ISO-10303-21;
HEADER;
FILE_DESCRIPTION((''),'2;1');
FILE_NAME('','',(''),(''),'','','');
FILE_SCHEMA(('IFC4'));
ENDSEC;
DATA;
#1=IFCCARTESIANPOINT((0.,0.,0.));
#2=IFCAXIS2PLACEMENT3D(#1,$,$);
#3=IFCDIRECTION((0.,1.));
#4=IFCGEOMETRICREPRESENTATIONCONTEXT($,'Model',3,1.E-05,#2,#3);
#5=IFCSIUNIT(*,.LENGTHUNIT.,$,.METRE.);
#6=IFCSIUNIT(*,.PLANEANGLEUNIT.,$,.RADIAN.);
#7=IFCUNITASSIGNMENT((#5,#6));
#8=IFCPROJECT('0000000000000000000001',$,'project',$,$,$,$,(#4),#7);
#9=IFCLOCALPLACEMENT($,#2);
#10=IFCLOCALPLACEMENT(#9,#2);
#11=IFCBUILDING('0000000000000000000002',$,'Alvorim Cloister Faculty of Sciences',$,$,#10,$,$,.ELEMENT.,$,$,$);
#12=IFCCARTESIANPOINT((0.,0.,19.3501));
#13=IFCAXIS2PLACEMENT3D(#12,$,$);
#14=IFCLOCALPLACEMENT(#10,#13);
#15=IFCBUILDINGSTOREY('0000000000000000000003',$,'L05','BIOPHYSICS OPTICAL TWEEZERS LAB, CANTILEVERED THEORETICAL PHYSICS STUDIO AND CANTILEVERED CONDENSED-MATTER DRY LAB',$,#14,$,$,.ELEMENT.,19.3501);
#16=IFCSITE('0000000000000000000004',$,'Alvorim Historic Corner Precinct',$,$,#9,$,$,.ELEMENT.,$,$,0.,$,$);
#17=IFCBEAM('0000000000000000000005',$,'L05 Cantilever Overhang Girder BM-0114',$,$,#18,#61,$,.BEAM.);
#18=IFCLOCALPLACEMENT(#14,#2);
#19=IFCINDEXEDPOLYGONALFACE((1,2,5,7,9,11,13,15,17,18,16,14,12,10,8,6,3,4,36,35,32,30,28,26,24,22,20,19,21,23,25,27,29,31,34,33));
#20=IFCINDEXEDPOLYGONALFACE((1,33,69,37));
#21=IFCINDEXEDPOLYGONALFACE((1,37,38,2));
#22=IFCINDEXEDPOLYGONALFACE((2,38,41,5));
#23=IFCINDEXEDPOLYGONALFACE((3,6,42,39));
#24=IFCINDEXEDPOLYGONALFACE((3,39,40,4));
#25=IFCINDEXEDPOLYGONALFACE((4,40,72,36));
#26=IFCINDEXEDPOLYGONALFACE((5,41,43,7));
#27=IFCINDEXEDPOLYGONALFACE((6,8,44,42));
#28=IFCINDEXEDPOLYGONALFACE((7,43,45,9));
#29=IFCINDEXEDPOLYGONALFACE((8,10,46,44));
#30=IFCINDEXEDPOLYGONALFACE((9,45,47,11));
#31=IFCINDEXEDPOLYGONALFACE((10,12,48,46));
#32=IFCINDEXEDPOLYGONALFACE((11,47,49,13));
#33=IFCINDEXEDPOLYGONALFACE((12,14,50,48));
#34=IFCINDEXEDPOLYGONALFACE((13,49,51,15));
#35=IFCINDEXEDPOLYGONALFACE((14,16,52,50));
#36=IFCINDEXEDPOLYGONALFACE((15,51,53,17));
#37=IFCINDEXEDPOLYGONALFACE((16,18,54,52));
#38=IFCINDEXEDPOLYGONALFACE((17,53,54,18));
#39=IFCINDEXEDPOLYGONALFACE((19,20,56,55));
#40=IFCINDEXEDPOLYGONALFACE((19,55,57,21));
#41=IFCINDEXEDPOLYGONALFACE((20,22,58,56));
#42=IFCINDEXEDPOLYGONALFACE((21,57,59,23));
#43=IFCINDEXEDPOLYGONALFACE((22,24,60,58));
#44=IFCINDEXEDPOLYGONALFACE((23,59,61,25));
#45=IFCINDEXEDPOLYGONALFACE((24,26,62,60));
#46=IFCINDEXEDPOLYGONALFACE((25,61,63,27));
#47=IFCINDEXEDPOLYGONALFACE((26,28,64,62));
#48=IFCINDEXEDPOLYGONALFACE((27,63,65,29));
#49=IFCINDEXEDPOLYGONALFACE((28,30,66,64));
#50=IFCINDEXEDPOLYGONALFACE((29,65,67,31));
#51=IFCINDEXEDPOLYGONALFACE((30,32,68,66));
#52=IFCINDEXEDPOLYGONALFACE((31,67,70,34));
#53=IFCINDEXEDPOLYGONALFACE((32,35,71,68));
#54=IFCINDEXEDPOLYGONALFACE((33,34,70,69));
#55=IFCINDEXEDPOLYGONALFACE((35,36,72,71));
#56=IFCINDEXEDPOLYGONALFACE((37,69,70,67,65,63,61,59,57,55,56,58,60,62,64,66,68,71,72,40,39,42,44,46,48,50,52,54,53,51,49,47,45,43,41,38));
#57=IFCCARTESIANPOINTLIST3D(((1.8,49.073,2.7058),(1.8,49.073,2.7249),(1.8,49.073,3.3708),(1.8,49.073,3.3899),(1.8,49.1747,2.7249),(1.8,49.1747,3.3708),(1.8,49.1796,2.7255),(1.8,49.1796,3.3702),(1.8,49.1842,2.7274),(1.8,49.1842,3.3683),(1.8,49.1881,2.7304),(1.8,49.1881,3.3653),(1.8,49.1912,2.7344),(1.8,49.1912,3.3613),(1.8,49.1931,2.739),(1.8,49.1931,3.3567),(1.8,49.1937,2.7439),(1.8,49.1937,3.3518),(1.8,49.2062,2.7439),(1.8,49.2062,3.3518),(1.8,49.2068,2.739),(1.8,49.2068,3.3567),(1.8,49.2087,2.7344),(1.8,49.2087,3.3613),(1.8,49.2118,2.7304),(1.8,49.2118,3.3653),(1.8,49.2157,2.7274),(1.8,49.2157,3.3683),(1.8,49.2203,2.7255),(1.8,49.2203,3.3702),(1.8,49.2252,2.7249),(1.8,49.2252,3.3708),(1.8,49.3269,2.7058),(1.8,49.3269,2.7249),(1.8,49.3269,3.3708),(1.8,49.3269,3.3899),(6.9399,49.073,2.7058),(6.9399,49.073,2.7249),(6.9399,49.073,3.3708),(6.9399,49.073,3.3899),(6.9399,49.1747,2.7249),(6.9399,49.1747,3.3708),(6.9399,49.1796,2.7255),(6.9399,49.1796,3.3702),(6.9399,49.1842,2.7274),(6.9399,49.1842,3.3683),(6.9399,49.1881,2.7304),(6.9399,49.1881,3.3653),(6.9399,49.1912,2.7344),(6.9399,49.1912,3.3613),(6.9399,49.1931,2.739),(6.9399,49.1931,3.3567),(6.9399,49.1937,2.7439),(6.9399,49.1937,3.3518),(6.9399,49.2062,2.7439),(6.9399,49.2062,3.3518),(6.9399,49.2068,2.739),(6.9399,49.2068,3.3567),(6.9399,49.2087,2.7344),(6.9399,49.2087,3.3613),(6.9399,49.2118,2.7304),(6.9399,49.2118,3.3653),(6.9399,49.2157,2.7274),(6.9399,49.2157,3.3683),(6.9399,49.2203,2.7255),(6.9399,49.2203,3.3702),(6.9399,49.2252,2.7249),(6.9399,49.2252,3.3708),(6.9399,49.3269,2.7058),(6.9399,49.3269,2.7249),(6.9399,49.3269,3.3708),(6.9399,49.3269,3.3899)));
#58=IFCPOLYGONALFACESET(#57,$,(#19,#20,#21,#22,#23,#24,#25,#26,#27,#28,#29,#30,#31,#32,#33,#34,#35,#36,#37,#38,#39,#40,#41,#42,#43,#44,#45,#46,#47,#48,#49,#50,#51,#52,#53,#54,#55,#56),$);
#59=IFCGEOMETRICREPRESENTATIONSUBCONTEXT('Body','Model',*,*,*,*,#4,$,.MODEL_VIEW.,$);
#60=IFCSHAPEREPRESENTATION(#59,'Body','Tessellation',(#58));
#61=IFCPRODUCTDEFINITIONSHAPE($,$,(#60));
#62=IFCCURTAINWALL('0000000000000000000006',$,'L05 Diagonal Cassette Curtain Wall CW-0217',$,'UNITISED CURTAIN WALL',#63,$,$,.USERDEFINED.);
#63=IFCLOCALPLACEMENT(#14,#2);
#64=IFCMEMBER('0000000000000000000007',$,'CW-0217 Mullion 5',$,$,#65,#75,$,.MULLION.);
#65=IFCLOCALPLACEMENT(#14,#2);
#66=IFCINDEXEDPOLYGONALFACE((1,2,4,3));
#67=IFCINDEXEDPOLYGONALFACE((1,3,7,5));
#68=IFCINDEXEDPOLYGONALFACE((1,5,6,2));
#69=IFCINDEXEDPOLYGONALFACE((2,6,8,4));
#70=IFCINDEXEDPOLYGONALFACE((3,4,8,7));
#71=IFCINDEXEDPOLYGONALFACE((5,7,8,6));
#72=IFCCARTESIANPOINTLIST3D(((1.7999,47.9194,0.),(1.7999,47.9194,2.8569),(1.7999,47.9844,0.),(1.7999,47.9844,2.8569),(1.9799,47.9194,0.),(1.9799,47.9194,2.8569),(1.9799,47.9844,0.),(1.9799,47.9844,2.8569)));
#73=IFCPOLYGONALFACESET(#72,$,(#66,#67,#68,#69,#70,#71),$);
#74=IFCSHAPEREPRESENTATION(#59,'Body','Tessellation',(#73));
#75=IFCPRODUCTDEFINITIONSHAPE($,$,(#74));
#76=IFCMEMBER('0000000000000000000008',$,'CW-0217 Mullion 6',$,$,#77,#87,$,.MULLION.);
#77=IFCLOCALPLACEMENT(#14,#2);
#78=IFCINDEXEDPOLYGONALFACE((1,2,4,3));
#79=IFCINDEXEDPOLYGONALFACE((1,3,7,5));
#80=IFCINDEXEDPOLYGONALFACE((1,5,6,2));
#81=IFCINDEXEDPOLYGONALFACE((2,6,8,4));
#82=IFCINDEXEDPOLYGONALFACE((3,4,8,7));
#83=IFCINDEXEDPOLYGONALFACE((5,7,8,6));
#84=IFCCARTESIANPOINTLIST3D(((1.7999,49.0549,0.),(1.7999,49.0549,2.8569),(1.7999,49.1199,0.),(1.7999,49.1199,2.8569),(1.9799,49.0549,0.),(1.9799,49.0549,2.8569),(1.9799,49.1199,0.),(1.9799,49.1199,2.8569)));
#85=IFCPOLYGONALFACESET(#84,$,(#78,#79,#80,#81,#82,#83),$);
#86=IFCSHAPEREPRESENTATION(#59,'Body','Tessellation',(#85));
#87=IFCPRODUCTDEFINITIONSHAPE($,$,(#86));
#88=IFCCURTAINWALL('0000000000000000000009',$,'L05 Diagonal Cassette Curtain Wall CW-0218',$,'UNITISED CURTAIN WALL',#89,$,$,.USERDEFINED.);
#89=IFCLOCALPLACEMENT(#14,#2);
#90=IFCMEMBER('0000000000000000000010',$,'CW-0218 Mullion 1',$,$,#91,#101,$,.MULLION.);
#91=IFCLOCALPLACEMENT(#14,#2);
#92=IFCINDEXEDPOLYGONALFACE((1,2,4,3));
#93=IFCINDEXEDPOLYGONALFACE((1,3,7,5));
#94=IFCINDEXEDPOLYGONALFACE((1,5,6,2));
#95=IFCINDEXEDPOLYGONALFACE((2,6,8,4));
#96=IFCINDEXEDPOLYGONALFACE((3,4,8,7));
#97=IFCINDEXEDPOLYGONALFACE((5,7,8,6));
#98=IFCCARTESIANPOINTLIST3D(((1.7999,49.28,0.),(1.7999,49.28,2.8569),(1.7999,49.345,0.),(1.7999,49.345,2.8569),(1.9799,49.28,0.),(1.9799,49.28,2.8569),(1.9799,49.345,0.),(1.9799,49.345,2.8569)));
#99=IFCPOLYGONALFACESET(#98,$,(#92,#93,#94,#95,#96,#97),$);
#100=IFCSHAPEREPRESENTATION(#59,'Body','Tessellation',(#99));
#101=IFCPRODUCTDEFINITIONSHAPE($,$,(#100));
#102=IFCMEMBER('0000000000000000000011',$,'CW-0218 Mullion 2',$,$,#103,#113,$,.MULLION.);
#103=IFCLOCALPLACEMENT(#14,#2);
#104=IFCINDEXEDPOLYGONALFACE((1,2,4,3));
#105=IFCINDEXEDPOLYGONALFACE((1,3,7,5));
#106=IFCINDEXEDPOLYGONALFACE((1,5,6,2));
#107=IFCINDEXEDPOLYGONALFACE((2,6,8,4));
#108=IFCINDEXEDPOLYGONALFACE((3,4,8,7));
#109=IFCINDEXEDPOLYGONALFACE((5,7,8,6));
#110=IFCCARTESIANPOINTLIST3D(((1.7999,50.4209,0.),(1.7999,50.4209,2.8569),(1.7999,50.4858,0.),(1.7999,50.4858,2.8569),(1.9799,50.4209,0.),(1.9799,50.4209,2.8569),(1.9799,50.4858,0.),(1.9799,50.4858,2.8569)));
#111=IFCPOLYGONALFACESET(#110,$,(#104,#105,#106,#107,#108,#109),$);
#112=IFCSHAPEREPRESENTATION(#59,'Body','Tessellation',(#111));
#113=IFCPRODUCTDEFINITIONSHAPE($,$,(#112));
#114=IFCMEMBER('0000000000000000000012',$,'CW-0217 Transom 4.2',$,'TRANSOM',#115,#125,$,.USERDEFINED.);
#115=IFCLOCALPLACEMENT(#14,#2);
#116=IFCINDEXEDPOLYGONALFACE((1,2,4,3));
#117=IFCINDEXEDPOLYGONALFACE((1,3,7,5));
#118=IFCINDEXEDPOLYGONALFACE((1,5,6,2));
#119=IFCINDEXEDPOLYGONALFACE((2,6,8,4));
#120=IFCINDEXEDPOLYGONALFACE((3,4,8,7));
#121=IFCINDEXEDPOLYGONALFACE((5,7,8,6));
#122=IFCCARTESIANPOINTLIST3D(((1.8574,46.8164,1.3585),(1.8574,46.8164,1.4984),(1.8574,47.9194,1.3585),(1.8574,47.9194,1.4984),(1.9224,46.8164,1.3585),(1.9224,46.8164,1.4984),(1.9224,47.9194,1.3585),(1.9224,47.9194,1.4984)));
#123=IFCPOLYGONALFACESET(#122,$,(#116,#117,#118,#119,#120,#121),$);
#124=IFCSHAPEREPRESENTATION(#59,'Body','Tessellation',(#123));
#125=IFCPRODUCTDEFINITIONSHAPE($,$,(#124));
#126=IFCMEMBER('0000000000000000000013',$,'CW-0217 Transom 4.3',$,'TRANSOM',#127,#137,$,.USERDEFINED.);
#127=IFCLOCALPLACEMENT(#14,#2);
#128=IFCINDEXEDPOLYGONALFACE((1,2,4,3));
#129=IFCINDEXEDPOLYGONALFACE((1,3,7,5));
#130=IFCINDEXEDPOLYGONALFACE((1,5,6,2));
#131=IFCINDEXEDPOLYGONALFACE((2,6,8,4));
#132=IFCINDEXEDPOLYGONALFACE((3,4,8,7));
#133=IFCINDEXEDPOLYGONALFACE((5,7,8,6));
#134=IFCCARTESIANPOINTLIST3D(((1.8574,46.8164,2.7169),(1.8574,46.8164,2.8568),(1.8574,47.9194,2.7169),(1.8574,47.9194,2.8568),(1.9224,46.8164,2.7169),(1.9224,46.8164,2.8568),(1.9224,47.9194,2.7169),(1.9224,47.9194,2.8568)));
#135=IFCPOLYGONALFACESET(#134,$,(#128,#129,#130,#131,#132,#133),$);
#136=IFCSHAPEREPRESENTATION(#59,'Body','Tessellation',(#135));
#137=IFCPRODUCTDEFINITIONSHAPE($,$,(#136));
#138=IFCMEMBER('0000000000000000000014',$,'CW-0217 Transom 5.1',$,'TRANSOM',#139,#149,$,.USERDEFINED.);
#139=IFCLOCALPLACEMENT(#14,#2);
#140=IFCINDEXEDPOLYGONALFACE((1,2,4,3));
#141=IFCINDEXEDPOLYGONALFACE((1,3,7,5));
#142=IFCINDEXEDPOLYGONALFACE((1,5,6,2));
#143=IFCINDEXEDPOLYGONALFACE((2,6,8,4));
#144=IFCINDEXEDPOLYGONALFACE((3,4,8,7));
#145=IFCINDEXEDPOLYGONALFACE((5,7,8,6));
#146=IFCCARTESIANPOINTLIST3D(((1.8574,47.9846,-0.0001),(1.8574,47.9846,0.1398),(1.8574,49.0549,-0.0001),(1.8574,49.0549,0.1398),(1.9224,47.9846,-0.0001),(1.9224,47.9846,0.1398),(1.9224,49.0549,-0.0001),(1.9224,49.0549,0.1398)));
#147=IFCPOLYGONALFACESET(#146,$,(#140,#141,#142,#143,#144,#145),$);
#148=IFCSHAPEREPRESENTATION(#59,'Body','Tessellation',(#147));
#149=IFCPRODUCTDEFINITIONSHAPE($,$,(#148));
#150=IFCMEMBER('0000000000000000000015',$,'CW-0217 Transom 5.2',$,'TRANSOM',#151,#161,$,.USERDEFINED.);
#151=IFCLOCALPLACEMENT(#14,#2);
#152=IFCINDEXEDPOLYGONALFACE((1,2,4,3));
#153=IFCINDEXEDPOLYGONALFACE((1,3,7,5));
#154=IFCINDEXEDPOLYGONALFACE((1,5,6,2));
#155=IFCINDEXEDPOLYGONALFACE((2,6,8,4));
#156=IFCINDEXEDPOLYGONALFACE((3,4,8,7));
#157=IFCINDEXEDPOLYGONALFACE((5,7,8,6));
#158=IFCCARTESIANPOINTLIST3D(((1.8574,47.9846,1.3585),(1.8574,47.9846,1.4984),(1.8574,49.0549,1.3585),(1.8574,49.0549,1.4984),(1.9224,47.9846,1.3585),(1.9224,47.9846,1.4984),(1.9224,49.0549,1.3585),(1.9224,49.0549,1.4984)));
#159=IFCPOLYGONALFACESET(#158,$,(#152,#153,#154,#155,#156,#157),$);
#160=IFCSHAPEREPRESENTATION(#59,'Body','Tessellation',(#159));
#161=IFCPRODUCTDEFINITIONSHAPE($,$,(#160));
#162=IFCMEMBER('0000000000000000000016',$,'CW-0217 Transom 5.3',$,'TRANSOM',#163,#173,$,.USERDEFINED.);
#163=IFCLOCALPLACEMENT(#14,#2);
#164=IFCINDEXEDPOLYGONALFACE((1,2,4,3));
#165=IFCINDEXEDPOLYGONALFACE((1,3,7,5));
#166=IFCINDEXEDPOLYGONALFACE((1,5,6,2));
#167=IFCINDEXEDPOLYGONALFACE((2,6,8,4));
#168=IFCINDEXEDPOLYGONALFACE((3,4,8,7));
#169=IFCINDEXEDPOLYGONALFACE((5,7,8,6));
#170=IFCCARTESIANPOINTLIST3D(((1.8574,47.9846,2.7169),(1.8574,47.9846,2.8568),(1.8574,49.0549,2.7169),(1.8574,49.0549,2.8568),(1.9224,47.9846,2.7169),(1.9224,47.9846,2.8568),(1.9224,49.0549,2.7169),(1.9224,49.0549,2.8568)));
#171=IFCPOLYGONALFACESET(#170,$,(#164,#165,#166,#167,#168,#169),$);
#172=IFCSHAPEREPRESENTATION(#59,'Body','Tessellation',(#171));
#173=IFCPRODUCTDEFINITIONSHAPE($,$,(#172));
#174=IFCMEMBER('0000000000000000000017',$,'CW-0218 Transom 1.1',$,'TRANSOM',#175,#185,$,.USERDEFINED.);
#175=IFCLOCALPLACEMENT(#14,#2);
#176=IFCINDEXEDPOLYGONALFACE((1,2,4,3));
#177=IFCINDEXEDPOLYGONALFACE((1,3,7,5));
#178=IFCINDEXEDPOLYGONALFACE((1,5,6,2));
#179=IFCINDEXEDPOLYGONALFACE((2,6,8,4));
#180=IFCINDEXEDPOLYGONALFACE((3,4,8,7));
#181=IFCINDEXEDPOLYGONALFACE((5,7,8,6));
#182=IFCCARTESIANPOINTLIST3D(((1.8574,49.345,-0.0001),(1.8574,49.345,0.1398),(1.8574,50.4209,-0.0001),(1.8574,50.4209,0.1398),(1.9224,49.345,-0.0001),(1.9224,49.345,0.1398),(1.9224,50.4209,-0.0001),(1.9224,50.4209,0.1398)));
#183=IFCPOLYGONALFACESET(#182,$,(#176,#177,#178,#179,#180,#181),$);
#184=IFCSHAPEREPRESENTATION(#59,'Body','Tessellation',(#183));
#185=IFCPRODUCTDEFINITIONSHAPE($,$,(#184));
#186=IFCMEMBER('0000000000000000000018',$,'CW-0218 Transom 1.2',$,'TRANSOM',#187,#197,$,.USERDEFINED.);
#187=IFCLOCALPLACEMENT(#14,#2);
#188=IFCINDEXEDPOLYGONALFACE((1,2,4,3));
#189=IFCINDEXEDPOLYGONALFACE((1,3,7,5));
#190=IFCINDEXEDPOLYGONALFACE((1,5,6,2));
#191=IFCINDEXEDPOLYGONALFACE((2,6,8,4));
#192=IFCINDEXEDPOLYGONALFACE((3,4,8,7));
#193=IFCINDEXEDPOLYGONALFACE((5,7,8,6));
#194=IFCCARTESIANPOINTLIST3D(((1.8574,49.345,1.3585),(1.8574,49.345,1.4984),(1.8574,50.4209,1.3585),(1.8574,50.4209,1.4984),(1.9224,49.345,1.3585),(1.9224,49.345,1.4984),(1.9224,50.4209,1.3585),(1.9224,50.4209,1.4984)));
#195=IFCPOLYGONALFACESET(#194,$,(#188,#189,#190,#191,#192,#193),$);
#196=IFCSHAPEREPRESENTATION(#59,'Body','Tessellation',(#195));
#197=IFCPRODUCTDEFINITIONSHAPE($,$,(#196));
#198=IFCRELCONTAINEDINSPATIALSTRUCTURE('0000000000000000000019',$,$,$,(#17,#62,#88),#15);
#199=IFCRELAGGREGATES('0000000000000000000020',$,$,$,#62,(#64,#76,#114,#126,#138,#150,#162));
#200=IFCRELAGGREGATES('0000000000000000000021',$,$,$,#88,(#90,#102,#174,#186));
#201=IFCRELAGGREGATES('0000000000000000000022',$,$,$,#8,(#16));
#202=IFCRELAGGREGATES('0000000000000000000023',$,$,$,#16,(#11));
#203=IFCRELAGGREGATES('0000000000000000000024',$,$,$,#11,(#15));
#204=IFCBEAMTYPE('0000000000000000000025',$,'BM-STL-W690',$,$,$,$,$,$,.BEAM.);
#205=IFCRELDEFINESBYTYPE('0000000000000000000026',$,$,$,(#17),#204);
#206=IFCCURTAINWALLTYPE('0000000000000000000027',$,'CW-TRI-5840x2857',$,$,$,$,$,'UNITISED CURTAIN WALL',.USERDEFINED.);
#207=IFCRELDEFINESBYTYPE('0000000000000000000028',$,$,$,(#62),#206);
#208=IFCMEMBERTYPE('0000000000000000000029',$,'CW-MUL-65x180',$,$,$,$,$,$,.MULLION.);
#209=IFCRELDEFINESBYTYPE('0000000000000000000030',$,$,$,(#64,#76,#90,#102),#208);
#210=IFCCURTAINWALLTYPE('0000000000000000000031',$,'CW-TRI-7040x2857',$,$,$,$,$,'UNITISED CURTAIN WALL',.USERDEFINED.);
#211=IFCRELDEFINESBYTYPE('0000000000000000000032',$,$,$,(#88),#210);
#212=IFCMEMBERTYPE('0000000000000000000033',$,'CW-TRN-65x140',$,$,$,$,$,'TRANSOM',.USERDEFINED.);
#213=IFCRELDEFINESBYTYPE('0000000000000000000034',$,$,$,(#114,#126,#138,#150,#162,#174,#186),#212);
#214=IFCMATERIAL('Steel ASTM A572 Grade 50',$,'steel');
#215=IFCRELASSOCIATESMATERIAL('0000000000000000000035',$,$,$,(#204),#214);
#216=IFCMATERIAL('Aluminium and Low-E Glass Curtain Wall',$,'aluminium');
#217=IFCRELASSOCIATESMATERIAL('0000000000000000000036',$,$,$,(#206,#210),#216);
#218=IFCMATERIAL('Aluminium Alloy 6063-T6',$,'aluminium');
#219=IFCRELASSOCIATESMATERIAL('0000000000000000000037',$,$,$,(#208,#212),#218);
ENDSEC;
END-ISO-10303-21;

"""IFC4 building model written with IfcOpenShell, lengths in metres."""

from ifc_helpers import new_model, si_unit, direction, frame, origin, origin_2d, place, context, subcontext, project, spatial, rectangle, i_section, extrude, material, material_profile, profile_set, type_object, element, aggregate, save


model = new_model("IFC4")

# Units and contexts
model_context = context("Model", 3, precision=1e-05, world=origin(), true_north=direction((0.0, 1.0)))
body_context = subcontext(model_context, "Body", "Model", "MODEL_VIEW")
ifc_project = project(units=[si_unit("LENGTHUNIT", "METRE"), si_unit("PLANEANGLEUNIT", "RADIAN")], contexts=[model_context])

# Site, building, storey
site_placement = place(None, origin())
site = spatial("IfcSite", under=ifc_project, at=site_placement, Name="Alvorim Historic Corner Precinct", CompositionType="ELEMENT", RefElevation=0.0)
building_placement = place(site_placement, origin())
building = spatial("IfcBuilding", under=site, at=building_placement, Name="Alvorim Cloister Faculty of Sciences", CompositionType="ELEMENT")
storey_placement = place(building_placement, frame((0.0, 0.0, 19.3501)))
storey = spatial("IfcBuildingStorey", under=building, at=storey_placement, Name="L05", Description="BIOPHYSICS OPTICAL TWEEZERS LAB, CANTILEVERED THEORETICAL PHYSICS STUDIO AND CANTILEVERED CONDENSED-MATTER DRY LAB", CompositionType="ELEMENT", Elevation=19.3501)

# Beam
ifc_material_1 = material(Name="Steel ASTM A572 Grade 50", Category="steel")
ifc_material_profile_1 = material_profile(ifc_material_1, i_section(OverallWidth=0.2539, OverallDepth=0.6841, WebThickness=0.0125, FlangeThickness=0.019, FilletRadius=0.019, at=origin_2d()), Name="W690x140.0")
ifc_profile_set_1 = profile_set([ifc_material_profile_1], Name="Steel ASTM A572 Grade 50")
beam_type = type_object("IfcBeamType", Name="BM-STL-W690", PredefinedType="BEAM", material=ifc_profile_set_1)
beam_placement = place(storey_placement, frame((1.8, 49.2, 3.0479), z_axis=(1.0, 0.0, 0.0), x_axis=(0.0, 1.0, 0.0)))
element("IfcBeam", 1, at=beam_placement, inside=storey, type_object=beam_type, Name="L05 Cantilever Overhang Girder BM-0114", PredefinedType="BEAM", context=body_context, shape_type="SweptSolid", body=[
    extrude(i_section(OverallWidth=0.2539, OverallDepth=0.6841, WebThickness=0.0125, FlangeThickness=0.019, FilletRadius=0.019, at=origin_2d()), origin(), (0.0, 0.0, 1.0), 5.1399),
])

# Curtain walls, members
ifc_material_2 = material(Name="Aluminium and Low-E Glass Curtain Wall", Category="aluminium")
curtain_wall_type_1 = type_object("IfcCurtainWallType", Name="CW-TRI-5840x2857", ElementType="UNITISED CURTAIN WALL", PredefinedType="USERDEFINED", material=ifc_material_2)
curtain_wall_1_placement = place(storey_placement, origin())
curtain_wall_1 = element("IfcCurtainWall", 2, at=curtain_wall_1_placement, inside=storey, type_object=curtain_wall_type_1, Name="L05 Diagonal Cassette Curtain Wall CW-0217", ObjectType="UNITISED CURTAIN WALL", PredefinedType="USERDEFINED")
ifc_material_3 = material(Name="Aluminium Alloy 6063-T6", Category="aluminium")
ifc_material_profile_2 = material_profile(ifc_material_3, rectangle(XDim=0.0649, YDim=0.1799, at=origin_2d()), Name="ALU-MUL-65x180")
ifc_profile_set_2 = profile_set([ifc_material_profile_2], Name="Aluminium Alloy 6063-T6")
member_type_1 = type_object("IfcMemberType", Name="CW-MUL-65x180", PredefinedType="MULLION", material=ifc_profile_set_2)
member_1_placement = place(storey_placement, frame((1.8899, 47.9519, 0.0), z_axis=(0.0, 0.0, 1.0), x_axis=(0.0, 1.0, 0.0)))
member_1 = element("IfcMember", 3, at=member_1_placement, type_object=member_type_1, Name="CW-0217 Mullion 5", PredefinedType="MULLION", context=body_context, shape_type="SweptSolid", body=[
    extrude(rectangle(XDim=0.0649, YDim=0.1799, at=origin_2d()), origin(), (0.0, 0.0, 1.0), 2.8569),
])
member_2_placement = place(storey_placement, frame((1.8899, 49.0874, 0.0), z_axis=(0.0, 0.0, 1.0), x_axis=(0.0, 1.0, 0.0)))
member_2 = element("IfcMember", 4, at=member_2_placement, type_object=member_type_1, Name="CW-0217 Mullion 6", PredefinedType="MULLION", context=body_context, shape_type="SweptSolid", body=[
    extrude(rectangle(XDim=0.0649, YDim=0.1799, at=origin_2d()), origin(), (0.0, 0.0, 1.0), 2.8569),
])
curtain_wall_type_2 = type_object("IfcCurtainWallType", Name="CW-TRI-7040x2857", ElementType="UNITISED CURTAIN WALL", PredefinedType="USERDEFINED", material=ifc_material_2)
curtain_wall_2_placement = place(storey_placement, origin())
curtain_wall_2 = element("IfcCurtainWall", 5, at=curtain_wall_2_placement, inside=storey, type_object=curtain_wall_type_2, Name="L05 Diagonal Cassette Curtain Wall CW-0218", ObjectType="UNITISED CURTAIN WALL", PredefinedType="USERDEFINED")
member_3_placement = place(storey_placement, frame((1.8899, 49.3125, 0.0), z_axis=(0.0, 0.0, 1.0), x_axis=(0.0, 1.0, 0.0)))
member_3 = element("IfcMember", 6, at=member_3_placement, type_object=member_type_1, Name="CW-0218 Mullion 1", PredefinedType="MULLION", context=body_context, shape_type="SweptSolid", body=[
    extrude(rectangle(XDim=0.0649, YDim=0.1799, at=origin_2d()), origin(), (0.0, 0.0, 1.0), 2.8569),
])
member_4_placement = place(storey_placement, frame((1.8899, 50.4534, 0.0), z_axis=(0.0, 0.0, 1.0), x_axis=(0.0, 1.0, 0.0)))
member_4 = element("IfcMember", 7, at=member_4_placement, type_object=member_type_1, Name="CW-0218 Mullion 2", PredefinedType="MULLION", context=body_context, shape_type="SweptSolid", body=[
    extrude(rectangle(XDim=0.0649, YDim=0.1799, at=origin_2d()), origin(), (0.0, 0.0, 1.0), 2.8569),
])

# Members
ifc_material_profile_3 = material_profile(ifc_material_3, rectangle(XDim=0.0649, YDim=0.1399, at=origin_2d()), Name="ALU-TRN-65x140")
ifc_profile_set_3 = profile_set([ifc_material_profile_3], Name="Aluminium Alloy 6063-T6")
member_type_2 = type_object("IfcMemberType", Name="CW-TRN-65x140", ElementType="TRANSOM", PredefinedType="USERDEFINED", material=ifc_profile_set_3)
member_5_placement = place(storey_placement, frame((1.8899, 46.8164, 1.4285), z_axis=(0.0, 1.0, 0.0), x_axis=(-1.0, 0.0, 0.0)))
member_5 = element("IfcMember", 8, at=member_5_placement, type_object=member_type_2, Name="CW-0217 Transom 4.2", ObjectType="TRANSOM", PredefinedType="USERDEFINED", context=body_context, shape_type="SweptSolid", body=[
    extrude(rectangle(XDim=0.0649, YDim=0.1399, at=origin_2d()), origin(), (0.0, 0.0, 1.0), 1.103),
])
member_6_placement = place(storey_placement, frame((1.8899, 46.8164, 2.7869), z_axis=(0.0, 1.0, 0.0), x_axis=(-1.0, 0.0, 0.0)))
member_6 = element("IfcMember", 9, at=member_6_placement, type_object=member_type_2, Name="CW-0217 Transom 4.3", ObjectType="TRANSOM", PredefinedType="USERDEFINED", context=body_context, shape_type="SweptSolid", body=[
    extrude(rectangle(XDim=0.0649, YDim=0.1399, at=origin_2d()), origin(), (0.0, 0.0, 1.0), 1.103),
])
member_7_placement = place(storey_placement, frame((1.8899, 47.9846, 0.0698), z_axis=(0.0, 1.0, 0.0), x_axis=(-1.0, 0.0, 0.0)))
member_7 = element("IfcMember", 10, at=member_7_placement, type_object=member_type_2, Name="CW-0217 Transom 5.1", ObjectType="TRANSOM", PredefinedType="USERDEFINED", context=body_context, shape_type="SweptSolid", body=[
    extrude(rectangle(XDim=0.0649, YDim=0.1399, at=origin_2d()), origin(), (0.0, 0.0, 1.0), 1.0703),
])
member_8_placement = place(storey_placement, frame((1.8899, 47.9846, 1.4285), z_axis=(0.0, 1.0, 0.0), x_axis=(-1.0, 0.0, 0.0)))
member_8 = element("IfcMember", 11, at=member_8_placement, type_object=member_type_2, Name="CW-0217 Transom 5.2", ObjectType="TRANSOM", PredefinedType="USERDEFINED", context=body_context, shape_type="SweptSolid", body=[
    extrude(rectangle(XDim=0.0649, YDim=0.1399, at=origin_2d()), origin(), (0.0, 0.0, 1.0), 1.0703),
])
member_9_placement = place(storey_placement, frame((1.8899, 47.9846, 2.7869), z_axis=(0.0, 1.0, 0.0), x_axis=(-1.0, 0.0, 0.0)))
member_9 = element("IfcMember", 12, at=member_9_placement, type_object=member_type_2, Name="CW-0217 Transom 5.3", ObjectType="TRANSOM", PredefinedType="USERDEFINED", context=body_context, shape_type="SweptSolid", body=[
    extrude(rectangle(XDim=0.0649, YDim=0.1399, at=origin_2d()), origin(), (0.0, 0.0, 1.0), 1.0703),
])
member_10_placement = place(storey_placement, frame((1.8899, 49.345, 0.0698), z_axis=(0.0, 1.0, 0.0), x_axis=(-1.0, 0.0, 0.0)))
member_10 = element("IfcMember", 13, at=member_10_placement, type_object=member_type_2, Name="CW-0218 Transom 1.1", ObjectType="TRANSOM", PredefinedType="USERDEFINED", context=body_context, shape_type="SweptSolid", body=[
    extrude(rectangle(XDim=0.0649, YDim=0.1399, at=origin_2d()), origin(), (0.0, 0.0, 1.0), 1.0759),
])
member_11_placement = place(storey_placement, frame((1.8899, 49.345, 1.4285), z_axis=(0.0, 1.0, 0.0), x_axis=(-1.0, 0.0, 0.0)))
member_11 = element("IfcMember", 14, at=member_11_placement, type_object=member_type_2, Name="CW-0218 Transom 1.2", ObjectType="TRANSOM", PredefinedType="USERDEFINED", context=body_context, shape_type="SweptSolid", body=[
    extrude(rectangle(XDim=0.0649, YDim=0.1399, at=origin_2d()), origin(), (0.0, 0.0, 1.0), 1.0759),
])

aggregate(curtain_wall_1, [member_1, member_2, member_5, member_6, member_7, member_8, member_9])
aggregate(curtain_wall_2, [member_3, member_4, member_10, member_11])

save(model, "model.ifc")
